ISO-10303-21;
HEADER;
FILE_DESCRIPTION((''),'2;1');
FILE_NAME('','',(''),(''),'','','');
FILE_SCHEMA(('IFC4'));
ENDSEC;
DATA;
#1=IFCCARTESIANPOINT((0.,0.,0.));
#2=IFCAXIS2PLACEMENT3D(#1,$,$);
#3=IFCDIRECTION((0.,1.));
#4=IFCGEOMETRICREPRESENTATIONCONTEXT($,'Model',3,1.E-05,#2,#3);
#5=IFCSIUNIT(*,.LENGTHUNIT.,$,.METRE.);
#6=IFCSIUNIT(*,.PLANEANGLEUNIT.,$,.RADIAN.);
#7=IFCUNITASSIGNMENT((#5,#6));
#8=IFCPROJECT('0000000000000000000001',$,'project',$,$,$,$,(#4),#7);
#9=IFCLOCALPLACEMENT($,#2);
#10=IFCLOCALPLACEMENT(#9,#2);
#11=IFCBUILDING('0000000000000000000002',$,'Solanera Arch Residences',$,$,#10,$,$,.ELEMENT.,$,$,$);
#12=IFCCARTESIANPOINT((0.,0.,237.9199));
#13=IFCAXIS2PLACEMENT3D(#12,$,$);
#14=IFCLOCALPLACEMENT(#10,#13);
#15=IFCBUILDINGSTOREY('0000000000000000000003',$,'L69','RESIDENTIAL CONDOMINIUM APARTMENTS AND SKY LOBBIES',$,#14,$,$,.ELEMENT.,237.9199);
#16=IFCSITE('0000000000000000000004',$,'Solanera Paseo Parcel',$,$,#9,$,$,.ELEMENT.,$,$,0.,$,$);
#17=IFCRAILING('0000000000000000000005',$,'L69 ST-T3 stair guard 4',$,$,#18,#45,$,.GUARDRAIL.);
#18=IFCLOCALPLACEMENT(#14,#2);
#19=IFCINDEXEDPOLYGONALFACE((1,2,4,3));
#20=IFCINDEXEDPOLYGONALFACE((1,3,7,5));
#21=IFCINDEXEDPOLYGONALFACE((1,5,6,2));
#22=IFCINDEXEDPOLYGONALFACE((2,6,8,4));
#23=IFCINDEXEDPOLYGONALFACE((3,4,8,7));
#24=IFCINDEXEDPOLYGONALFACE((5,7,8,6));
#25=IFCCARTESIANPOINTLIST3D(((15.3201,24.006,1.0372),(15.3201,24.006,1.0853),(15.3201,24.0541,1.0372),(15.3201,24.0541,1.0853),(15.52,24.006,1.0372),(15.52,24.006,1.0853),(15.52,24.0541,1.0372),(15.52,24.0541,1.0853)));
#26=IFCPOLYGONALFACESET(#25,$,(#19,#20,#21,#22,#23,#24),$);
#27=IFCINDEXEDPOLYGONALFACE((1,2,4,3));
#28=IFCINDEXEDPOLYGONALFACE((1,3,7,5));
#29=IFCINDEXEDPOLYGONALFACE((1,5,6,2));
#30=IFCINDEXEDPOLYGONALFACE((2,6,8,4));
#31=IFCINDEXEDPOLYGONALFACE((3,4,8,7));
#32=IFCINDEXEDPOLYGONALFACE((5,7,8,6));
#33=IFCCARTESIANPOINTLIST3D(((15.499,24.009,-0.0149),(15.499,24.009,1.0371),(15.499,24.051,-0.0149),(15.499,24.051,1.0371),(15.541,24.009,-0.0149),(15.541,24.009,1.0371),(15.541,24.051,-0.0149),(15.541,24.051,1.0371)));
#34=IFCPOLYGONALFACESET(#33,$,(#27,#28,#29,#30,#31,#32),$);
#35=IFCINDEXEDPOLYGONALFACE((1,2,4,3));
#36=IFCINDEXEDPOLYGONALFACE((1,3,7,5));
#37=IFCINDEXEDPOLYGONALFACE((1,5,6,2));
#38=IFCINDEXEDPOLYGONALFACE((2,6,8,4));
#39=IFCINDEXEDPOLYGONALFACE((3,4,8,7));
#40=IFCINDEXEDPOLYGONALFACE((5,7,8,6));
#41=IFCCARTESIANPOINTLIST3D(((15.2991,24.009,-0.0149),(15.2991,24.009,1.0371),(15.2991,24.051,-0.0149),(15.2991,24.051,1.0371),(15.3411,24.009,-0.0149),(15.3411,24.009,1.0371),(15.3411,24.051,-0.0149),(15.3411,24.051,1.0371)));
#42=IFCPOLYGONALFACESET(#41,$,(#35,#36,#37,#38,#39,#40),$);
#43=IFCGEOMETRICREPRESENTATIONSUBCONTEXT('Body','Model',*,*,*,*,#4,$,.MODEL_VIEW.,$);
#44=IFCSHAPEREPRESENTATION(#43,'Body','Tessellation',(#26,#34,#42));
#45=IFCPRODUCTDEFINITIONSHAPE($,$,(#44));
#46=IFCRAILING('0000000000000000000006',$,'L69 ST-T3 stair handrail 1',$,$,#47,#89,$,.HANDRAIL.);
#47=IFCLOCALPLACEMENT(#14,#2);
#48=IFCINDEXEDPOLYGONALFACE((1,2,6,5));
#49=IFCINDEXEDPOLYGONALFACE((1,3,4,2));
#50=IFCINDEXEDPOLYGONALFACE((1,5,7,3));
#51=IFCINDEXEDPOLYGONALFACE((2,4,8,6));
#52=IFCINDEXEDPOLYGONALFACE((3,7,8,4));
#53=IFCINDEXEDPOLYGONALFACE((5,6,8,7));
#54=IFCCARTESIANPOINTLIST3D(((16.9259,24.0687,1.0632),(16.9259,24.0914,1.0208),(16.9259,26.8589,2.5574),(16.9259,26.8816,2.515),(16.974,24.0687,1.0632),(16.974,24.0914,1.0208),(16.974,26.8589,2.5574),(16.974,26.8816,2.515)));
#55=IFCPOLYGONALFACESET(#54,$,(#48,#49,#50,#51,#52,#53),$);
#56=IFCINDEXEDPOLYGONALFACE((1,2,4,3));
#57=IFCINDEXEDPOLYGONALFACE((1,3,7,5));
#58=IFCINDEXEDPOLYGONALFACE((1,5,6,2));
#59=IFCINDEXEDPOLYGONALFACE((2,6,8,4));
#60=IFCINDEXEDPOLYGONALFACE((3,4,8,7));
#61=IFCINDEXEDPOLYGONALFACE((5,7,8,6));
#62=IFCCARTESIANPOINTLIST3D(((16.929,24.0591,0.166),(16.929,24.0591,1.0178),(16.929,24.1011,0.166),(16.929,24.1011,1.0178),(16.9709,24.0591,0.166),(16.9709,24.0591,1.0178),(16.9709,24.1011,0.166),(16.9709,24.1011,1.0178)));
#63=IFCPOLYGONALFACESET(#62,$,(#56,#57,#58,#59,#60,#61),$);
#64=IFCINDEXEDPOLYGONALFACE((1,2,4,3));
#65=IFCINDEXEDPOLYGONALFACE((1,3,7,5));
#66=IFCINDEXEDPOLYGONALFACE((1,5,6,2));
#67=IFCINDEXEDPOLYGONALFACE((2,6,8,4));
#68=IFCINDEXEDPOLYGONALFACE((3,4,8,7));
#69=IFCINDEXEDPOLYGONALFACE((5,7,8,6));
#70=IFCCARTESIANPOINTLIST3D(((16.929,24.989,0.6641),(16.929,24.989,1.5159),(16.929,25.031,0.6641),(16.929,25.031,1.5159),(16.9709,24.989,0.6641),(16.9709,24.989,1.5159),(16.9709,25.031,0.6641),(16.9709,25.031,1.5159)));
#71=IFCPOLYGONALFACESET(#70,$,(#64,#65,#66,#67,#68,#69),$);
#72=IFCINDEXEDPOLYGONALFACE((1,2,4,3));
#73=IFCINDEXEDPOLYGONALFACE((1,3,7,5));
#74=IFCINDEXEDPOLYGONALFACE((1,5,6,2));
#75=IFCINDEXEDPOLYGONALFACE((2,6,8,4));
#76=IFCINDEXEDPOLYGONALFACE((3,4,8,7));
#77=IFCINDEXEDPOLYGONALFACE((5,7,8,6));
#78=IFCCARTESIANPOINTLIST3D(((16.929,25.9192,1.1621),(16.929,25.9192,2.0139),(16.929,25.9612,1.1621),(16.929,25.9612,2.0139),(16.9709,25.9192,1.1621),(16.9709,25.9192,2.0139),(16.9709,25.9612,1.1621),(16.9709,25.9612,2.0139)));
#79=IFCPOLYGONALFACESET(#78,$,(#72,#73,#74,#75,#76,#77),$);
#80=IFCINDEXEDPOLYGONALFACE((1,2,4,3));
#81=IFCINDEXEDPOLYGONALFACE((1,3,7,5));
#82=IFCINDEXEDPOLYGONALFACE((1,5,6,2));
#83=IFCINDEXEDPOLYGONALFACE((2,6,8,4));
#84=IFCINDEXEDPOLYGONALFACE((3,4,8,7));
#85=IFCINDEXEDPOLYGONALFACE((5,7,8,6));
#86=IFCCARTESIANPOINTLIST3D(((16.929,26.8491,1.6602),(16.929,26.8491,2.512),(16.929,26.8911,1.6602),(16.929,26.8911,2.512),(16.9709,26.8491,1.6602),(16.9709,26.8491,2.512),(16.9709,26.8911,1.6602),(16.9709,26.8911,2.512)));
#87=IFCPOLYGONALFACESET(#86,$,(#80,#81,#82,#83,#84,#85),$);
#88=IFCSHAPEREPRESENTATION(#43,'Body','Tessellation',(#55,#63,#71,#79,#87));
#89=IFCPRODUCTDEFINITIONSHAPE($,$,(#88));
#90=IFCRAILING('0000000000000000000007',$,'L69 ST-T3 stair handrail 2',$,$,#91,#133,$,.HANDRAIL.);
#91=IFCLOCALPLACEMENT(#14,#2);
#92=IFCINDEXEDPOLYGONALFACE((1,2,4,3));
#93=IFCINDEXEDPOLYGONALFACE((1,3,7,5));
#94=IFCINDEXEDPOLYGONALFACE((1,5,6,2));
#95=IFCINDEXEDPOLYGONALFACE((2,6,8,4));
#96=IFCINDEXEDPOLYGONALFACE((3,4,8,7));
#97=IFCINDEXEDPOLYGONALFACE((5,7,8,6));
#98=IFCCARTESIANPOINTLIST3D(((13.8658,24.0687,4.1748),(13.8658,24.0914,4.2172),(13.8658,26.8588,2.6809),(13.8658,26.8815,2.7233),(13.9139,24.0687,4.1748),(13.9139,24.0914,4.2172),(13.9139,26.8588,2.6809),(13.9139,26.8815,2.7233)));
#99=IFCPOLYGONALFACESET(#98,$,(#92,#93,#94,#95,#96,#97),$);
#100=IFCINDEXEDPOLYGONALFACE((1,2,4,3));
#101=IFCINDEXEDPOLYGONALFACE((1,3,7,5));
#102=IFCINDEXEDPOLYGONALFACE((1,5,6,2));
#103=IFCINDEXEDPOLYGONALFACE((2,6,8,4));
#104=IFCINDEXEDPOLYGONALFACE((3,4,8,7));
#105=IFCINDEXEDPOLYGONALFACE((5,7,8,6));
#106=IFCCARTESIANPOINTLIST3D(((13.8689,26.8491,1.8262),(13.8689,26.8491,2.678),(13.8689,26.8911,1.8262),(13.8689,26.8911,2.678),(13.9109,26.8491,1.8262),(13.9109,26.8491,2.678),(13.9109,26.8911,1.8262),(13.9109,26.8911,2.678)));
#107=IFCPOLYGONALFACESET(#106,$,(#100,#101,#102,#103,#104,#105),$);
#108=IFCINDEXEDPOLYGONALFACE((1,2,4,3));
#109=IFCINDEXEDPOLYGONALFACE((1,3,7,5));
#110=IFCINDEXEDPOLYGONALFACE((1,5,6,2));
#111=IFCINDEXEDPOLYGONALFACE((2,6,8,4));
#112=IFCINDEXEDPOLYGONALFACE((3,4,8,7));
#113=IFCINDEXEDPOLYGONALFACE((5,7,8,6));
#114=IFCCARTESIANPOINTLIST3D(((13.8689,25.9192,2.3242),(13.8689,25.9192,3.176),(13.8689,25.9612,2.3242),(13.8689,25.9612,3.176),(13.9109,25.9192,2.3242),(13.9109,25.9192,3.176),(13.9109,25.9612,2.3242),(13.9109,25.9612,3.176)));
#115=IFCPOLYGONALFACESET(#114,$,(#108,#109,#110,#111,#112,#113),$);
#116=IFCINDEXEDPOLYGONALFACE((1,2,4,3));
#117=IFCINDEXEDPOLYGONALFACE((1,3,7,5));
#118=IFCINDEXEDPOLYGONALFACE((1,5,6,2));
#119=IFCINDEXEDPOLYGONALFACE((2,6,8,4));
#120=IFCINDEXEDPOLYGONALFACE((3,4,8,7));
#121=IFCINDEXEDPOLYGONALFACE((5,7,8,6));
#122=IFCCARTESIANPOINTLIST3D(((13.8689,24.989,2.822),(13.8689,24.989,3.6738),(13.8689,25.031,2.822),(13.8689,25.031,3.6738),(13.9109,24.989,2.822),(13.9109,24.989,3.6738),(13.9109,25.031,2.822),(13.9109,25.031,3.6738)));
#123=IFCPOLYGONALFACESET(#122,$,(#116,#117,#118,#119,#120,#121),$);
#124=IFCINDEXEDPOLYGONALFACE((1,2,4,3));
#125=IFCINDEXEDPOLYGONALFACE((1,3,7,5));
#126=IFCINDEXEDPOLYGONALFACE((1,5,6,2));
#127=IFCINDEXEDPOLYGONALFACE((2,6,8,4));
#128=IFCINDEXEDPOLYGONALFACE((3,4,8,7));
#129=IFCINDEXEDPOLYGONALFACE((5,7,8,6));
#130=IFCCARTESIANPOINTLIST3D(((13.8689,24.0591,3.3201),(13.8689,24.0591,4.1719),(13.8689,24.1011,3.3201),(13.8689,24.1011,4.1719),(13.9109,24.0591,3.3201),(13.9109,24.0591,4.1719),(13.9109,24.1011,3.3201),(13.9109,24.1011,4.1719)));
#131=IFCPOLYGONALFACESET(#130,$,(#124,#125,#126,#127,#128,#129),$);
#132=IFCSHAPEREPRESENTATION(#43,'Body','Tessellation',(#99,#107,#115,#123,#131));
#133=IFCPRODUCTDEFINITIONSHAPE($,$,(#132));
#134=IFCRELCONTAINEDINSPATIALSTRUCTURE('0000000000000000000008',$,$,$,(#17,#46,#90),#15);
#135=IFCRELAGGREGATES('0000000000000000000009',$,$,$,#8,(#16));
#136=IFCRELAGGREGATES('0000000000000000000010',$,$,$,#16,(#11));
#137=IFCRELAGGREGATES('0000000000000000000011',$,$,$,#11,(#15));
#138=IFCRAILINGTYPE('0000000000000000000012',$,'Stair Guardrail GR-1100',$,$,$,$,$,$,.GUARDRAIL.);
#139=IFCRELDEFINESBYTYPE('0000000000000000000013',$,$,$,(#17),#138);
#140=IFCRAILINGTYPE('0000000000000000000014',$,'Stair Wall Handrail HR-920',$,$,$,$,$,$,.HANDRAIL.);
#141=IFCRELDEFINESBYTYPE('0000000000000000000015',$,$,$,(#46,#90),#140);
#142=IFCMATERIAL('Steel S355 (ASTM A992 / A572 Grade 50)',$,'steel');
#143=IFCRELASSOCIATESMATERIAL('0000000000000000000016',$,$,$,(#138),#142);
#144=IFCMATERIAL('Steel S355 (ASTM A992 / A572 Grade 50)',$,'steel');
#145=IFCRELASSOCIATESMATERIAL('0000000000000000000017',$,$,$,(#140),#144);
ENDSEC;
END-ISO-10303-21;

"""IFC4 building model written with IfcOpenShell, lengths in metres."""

from ifc_helpers import new_model, si_unit, direction, frame, origin, origin_2d, place, context, subcontext, project, spatial, rectangle, extrude, material, type_object, element, save


model = new_model("IFC4")

# Units and contexts
model_context = context("Model", 3, precision=1e-05, world=origin(), true_north=direction((0.0, 1.0)))
body_context = subcontext(model_context, "Body", "Model", "MODEL_VIEW")
ifc_project = project(units=[si_unit("LENGTHUNIT", "METRE"), si_unit("PLANEANGLEUNIT", "RADIAN")], contexts=[model_context])

# Site, building, storey
site_placement = place(None, origin())
site = spatial("IfcSite", under=ifc_project, at=site_placement, Name="Solanera Paseo Parcel", CompositionType="ELEMENT", RefElevation=0.0)
building_placement = place(site_placement, origin())
building = spatial("IfcBuilding", under=site, at=building_placement, Name="Solanera Arch Residences", CompositionType="ELEMENT")
storey_placement = place(building_placement, frame((0.0, 0.0, 237.9199)))
storey = spatial("IfcBuildingStorey", under=building, at=storey_placement, Name="L69", Description="RESIDENTIAL CONDOMINIUM APARTMENTS AND SKY LOBBIES", CompositionType="ELEMENT", Elevation=237.9199)

# Railings
ifc_material_1 = material(Name="Steel S355 (ASTM A992 / A572 Grade 50)", Category="steel")
railing_type_1 = type_object("IfcRailingType", Name="Stair Guardrail GR-1100", PredefinedType="GUARDRAIL", material=ifc_material_1)
railing_1_placement = place(storey_placement, frame((15.52, 24.03, -0.0149)))
element("IfcRailing", 1, at=railing_1_placement, inside=storey, type_object=railing_type_1, Name="L69 ST-T3 stair guard 4", PredefinedType="GUARDRAIL", context=body_context, shape_type="SweptSolid", body=[
    extrude(rectangle(XDim=0.0481, YDim=0.0481, at=origin_2d()), frame((0.0, 0.0, 1.0762), z_axis=(-1.0, 0.0, 0.0), x_axis=(0.0, -1.0, 0.0)), (0.0, 0.0, 1.0), 0.2),
    extrude(rectangle(XDim=0.042, YDim=0.042, at=origin_2d()), origin(), (0.0, 0.0, 1.0), 1.052),
    extrude(rectangle(XDim=0.042, YDim=0.042, at=origin_2d()), frame((-0.2, 0.0, 0.0)), (0.0, 0.0, 1.0), 1.052),
])
ifc_material_2 = material(Name="Steel S355 (ASTM A992 / A572 Grade 50)", Category="steel")
railing_type_2 = type_object("IfcRailingType", Name="Stair Wall Handrail HR-920", PredefinedType="HANDRAIL", material=ifc_material_2)
railing_2_placement = place(storey_placement, frame((16.95, 24.0801, 0.166)))
element("IfcRailing", 2, at=railing_2_placement, inside=storey, type_object=railing_type_2, Name="L69 ST-T3 stair handrail 1", PredefinedType="HANDRAIL", context=body_context, shape_type="SweptSolid", body=[
    extrude(rectangle(XDim=0.0481, YDim=0.0481, at=origin_2d()), frame((0.0, 0.0, 0.876), z_axis=(0.0, 0.881549, 0.472093), x_axis=(-1.0, 0.0, 0.0)), (0.0, 0.0, 1.0), 3.165),
    extrude(rectangle(XDim=0.042, YDim=0.042, at=origin_2d()), origin(), (0.0, 0.0, 1.0), 0.8518),
    extrude(rectangle(XDim=0.042, YDim=0.042, at=origin_2d()), frame((0.0, 0.9299, 0.498)), (0.0, 0.0, 1.0), 0.8518),
    extrude(rectangle(XDim=0.042, YDim=0.042, at=origin_2d()), frame((0.0, 1.8601, 0.9961)), (0.0, 0.0, 1.0), 0.8518),
    extrude(rectangle(XDim=0.042, YDim=0.042, at=origin_2d()), frame((0.0, 2.79, 1.4941)), (0.0, 0.0, 1.0), 0.8518),
])
railing_3_placement = place(storey_placement, frame((13.8899, 26.8701, 1.8262)))
element("IfcRailing", 3, at=railing_3_placement, inside=storey, type_object=railing_type_2, Name="L69 ST-T3 stair handrail 2", PredefinedType="HANDRAIL", context=body_context, shape_type="SweptSolid", body=[
    extrude(rectangle(XDim=0.0481, YDim=0.0481, at=origin_2d()), frame((0.0, 0.0, 0.876), z_axis=(0.0, -0.881581, 0.472033), x_axis=(1.0, 0.0, 0.0)), (0.0, 0.0, 1.0), 3.1648),
    extrude(rectangle(XDim=0.042, YDim=0.042, at=origin_2d()), origin(), (0.0, 0.0, 1.0), 0.8518),
    extrude(rectangle(XDim=0.042, YDim=0.042, at=origin_2d()), frame((0.0, -0.9299, 0.498)), (0.0, 0.0, 1.0), 0.8518),
    extrude(rectangle(XDim=0.042, YDim=0.042, at=origin_2d()), frame((0.0, -1.8601, 0.9958)), (0.0, 0.0, 1.0), 0.8518),
    extrude(rectangle(XDim=0.042, YDim=0.042, at=origin_2d()), frame((0.0, -2.79, 1.4939)), (0.0, 0.0, 1.0), 0.8518),
])

save(model, "model.ifc")
